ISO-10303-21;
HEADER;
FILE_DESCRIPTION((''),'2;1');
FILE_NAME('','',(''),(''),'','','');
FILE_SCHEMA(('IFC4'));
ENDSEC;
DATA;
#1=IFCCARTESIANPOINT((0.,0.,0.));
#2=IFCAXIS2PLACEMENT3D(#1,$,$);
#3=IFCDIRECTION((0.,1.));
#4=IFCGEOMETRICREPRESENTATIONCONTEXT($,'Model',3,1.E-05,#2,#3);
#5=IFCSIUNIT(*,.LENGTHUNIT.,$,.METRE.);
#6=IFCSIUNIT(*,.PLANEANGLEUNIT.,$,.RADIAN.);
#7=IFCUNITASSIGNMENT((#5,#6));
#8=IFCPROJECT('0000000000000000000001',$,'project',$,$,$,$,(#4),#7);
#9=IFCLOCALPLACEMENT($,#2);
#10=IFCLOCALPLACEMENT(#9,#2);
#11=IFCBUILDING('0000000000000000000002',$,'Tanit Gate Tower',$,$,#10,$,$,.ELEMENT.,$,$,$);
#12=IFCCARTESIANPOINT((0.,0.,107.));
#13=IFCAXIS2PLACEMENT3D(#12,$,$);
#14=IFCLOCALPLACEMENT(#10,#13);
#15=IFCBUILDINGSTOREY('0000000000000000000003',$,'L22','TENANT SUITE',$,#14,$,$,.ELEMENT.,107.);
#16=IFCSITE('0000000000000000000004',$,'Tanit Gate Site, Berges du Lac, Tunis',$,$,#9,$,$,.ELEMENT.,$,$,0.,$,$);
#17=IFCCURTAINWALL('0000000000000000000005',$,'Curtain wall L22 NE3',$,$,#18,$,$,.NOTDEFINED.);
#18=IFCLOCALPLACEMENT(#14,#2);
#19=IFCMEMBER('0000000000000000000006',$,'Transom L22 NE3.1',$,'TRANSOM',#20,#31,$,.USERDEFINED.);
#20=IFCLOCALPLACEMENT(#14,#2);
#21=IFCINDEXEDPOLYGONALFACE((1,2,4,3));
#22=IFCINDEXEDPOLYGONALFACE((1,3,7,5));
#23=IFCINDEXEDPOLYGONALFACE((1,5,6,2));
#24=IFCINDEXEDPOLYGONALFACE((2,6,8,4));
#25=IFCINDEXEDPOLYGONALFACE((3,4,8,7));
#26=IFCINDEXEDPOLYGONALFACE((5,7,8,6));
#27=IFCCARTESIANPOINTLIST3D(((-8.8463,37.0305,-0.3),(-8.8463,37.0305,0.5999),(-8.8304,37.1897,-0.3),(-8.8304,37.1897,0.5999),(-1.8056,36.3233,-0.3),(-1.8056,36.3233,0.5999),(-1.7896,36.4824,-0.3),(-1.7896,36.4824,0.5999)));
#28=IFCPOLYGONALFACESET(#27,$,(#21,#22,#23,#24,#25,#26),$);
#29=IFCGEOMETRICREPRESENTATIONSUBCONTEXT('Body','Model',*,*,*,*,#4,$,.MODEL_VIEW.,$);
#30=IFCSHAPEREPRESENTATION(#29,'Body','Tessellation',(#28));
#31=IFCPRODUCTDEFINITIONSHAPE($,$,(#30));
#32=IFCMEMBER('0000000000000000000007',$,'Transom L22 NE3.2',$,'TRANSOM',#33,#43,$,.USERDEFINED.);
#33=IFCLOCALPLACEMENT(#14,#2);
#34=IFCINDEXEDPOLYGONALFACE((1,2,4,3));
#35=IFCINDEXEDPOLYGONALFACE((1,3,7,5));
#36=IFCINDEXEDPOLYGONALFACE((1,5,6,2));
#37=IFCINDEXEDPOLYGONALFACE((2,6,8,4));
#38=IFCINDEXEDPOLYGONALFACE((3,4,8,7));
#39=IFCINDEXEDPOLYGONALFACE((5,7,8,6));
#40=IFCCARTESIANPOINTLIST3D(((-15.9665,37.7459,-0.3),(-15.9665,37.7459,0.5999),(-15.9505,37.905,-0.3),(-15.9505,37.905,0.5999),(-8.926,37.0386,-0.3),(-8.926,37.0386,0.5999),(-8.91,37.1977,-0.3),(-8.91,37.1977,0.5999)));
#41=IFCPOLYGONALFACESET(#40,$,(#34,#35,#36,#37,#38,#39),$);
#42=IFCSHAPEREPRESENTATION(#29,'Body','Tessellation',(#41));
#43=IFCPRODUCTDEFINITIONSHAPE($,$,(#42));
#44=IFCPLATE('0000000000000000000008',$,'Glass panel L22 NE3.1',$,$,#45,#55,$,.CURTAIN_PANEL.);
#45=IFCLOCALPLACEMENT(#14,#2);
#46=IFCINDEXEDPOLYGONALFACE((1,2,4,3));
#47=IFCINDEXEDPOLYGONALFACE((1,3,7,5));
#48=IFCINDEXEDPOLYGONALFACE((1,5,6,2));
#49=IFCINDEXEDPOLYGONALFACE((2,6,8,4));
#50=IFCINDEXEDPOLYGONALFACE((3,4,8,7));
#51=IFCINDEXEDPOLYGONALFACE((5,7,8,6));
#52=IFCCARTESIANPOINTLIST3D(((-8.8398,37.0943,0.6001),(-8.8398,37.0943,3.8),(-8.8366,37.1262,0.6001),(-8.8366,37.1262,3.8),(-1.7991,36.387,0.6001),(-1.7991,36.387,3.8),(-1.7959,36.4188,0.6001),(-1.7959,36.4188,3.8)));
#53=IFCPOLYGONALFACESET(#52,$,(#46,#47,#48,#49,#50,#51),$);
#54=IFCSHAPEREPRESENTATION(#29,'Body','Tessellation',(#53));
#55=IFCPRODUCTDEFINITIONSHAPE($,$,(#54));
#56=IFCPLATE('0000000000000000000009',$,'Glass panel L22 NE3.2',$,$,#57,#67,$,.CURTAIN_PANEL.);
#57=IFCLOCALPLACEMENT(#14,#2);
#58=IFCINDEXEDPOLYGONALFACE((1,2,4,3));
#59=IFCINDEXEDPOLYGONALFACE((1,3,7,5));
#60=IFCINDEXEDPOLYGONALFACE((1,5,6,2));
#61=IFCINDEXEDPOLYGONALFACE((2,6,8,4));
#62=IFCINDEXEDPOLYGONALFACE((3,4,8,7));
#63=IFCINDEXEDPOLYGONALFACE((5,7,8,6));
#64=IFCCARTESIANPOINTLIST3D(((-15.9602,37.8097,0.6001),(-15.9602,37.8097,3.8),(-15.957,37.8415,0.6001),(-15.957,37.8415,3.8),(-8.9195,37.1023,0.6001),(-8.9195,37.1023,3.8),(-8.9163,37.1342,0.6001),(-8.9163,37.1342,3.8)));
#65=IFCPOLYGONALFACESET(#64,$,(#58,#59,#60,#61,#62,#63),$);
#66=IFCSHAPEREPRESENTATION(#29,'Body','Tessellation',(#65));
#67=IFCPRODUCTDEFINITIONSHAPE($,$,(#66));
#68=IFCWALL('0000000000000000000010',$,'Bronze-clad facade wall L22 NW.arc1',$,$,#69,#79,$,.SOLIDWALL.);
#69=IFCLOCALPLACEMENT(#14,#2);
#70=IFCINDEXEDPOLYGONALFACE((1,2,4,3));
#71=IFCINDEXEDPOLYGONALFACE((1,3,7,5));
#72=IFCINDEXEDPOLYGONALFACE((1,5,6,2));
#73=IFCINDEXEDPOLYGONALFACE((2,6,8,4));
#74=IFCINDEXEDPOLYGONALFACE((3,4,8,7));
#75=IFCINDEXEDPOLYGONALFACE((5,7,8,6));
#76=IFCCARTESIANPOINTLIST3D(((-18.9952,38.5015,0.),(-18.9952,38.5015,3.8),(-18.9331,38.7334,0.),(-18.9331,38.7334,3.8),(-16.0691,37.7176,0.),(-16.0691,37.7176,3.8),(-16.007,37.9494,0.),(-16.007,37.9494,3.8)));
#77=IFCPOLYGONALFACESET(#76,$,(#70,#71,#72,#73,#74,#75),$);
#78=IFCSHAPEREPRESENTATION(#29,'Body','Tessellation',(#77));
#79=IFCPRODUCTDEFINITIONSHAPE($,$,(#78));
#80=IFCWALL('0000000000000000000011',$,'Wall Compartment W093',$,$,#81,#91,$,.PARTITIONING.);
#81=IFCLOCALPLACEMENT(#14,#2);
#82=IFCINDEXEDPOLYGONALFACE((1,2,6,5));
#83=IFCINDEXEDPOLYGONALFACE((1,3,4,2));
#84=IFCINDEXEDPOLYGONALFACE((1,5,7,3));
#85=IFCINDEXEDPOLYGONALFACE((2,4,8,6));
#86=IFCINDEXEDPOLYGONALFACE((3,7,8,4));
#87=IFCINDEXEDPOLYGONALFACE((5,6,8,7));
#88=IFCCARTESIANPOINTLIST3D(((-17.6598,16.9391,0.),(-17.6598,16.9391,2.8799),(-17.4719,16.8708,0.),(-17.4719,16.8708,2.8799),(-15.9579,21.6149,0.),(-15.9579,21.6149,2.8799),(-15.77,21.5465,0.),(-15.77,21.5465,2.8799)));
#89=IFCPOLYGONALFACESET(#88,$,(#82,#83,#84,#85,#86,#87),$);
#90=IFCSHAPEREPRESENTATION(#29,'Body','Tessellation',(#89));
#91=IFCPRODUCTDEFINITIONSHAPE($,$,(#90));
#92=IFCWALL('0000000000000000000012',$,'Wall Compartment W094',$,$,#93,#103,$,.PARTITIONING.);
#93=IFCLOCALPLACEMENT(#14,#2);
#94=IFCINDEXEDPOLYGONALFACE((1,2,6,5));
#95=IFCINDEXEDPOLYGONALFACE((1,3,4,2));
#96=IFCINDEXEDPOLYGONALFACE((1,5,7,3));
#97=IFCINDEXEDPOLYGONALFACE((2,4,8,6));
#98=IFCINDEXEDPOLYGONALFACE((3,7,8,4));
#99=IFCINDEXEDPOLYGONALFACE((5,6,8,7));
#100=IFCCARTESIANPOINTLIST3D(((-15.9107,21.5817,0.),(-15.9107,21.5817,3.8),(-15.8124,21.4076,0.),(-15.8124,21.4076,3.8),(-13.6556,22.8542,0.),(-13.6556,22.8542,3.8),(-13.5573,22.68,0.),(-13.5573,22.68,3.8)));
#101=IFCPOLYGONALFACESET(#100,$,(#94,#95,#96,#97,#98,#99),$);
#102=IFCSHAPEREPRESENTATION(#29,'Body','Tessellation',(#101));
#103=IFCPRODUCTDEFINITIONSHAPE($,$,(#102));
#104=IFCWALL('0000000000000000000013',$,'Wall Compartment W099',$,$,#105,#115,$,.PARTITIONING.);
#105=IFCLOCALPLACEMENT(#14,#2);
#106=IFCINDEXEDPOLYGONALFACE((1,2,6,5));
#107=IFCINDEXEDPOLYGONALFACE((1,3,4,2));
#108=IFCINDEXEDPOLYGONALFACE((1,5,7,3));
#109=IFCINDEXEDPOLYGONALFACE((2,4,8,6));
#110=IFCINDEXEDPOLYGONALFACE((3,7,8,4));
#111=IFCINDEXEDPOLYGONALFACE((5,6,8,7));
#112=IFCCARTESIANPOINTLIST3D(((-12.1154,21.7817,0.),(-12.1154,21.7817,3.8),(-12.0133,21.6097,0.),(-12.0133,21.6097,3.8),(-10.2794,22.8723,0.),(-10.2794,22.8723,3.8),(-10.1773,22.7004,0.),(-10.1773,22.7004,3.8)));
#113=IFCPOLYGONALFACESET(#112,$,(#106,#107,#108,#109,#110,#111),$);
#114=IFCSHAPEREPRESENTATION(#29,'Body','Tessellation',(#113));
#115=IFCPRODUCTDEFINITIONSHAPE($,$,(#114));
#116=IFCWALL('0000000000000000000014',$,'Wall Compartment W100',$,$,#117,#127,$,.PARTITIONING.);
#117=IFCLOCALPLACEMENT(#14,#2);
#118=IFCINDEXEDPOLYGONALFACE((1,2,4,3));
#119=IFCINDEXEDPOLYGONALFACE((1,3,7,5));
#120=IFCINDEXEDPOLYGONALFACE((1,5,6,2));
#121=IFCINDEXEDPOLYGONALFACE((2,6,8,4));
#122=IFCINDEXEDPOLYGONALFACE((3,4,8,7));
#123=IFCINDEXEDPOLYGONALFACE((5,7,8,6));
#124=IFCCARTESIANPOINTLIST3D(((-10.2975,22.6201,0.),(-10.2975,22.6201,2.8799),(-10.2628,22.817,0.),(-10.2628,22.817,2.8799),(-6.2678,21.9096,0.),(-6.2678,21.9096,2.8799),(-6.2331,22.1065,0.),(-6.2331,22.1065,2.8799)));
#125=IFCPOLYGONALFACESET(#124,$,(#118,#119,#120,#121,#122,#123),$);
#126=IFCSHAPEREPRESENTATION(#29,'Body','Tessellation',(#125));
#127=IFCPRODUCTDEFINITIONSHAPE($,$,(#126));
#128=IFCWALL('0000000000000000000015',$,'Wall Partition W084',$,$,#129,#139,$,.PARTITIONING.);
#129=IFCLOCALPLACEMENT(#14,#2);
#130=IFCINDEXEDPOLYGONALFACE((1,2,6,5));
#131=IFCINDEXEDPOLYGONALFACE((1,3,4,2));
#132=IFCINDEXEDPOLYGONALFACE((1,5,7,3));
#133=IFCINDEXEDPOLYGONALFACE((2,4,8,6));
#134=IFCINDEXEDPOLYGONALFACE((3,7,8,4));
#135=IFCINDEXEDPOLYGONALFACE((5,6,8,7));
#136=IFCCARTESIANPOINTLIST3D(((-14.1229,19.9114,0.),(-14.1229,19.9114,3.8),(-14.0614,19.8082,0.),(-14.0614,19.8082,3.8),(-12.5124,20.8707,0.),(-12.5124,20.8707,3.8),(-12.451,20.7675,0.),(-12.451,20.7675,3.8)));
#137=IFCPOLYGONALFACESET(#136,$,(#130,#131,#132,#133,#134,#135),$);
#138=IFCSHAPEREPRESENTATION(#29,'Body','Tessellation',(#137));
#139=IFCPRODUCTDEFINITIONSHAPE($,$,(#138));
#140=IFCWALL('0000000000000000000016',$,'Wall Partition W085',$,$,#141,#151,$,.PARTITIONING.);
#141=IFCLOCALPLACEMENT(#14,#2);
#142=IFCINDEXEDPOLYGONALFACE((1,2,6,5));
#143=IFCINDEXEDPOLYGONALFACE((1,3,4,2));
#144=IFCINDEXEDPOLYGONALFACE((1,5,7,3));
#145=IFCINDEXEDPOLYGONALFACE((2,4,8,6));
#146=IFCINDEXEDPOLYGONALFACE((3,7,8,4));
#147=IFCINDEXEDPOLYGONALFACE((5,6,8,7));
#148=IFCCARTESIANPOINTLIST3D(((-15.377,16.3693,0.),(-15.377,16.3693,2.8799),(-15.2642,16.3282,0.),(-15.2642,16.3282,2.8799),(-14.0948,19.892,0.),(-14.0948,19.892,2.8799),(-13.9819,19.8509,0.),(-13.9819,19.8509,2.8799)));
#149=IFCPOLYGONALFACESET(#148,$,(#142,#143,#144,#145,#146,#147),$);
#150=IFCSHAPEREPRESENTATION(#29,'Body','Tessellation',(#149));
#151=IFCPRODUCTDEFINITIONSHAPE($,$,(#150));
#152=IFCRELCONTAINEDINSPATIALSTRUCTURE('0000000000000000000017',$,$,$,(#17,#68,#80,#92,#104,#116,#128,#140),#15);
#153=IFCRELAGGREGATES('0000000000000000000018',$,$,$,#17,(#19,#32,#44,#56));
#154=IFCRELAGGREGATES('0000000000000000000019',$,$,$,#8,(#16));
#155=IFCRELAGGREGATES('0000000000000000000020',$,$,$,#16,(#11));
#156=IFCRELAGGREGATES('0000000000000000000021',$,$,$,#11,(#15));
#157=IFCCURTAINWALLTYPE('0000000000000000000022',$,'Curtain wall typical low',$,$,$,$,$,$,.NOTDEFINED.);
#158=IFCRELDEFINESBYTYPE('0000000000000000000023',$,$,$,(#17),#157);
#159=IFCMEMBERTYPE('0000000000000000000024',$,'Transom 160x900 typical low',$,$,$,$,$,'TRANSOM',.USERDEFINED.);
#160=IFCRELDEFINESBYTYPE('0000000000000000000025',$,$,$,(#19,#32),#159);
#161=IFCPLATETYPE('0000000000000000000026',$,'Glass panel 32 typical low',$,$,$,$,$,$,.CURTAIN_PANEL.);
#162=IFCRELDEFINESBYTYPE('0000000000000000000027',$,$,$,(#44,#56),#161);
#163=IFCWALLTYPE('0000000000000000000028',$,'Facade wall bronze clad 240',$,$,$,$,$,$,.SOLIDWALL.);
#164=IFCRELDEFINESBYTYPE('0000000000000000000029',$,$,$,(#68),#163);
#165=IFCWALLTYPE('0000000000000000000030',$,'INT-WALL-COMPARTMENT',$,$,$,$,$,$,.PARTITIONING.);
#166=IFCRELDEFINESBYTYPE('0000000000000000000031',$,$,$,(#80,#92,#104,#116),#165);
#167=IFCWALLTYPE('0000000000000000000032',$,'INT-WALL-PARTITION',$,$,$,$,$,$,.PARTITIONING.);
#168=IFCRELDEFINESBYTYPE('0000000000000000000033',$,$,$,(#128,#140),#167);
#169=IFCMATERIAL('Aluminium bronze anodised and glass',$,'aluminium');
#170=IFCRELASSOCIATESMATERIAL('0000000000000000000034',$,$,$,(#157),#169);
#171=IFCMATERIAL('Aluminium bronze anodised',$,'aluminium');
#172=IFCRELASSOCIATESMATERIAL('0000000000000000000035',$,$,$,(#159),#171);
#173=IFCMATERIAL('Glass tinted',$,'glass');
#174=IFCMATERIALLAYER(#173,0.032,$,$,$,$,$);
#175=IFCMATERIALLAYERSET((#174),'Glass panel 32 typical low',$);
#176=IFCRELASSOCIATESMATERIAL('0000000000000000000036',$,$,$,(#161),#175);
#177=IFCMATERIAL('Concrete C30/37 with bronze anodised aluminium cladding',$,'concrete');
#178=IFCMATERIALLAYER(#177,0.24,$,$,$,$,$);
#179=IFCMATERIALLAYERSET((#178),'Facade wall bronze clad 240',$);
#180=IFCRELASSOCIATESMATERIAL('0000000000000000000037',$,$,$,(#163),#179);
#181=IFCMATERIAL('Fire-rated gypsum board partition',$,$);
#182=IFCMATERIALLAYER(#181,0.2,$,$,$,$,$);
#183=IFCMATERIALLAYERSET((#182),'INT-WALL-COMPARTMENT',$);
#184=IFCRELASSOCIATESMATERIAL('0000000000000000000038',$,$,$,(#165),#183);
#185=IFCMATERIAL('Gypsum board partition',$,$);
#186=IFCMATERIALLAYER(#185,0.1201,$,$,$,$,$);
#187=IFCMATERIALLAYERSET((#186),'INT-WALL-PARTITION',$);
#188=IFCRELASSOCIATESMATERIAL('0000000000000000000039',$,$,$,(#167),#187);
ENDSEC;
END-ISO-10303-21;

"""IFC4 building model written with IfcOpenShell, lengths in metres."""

from ifc_helpers import new_model, si_unit, direction, frame, frame_2d, origin, origin_2d, place, context, subcontext, project, spatial, rectangle, extrude, material, layer, layer_set, material_profile, profile_set, type_object, element, aggregate, save


model = new_model("IFC4")

# Units and contexts
model_context = context("Model", 3, precision=1e-05, world=origin(), true_north=direction((0.0, 1.0)))
body_context = subcontext(model_context, "Body", "Model", "MODEL_VIEW")
ifc_project = project(units=[si_unit("LENGTHUNIT", "METRE"), si_unit("PLANEANGLEUNIT", "RADIAN")], contexts=[model_context])

# Site, building, storey
site_placement = place(None, origin())
site = spatial("IfcSite", under=ifc_project, at=site_placement, Name="Tanit Gate Site, Berges du Lac, Tunis", CompositionType="ELEMENT", RefElevation=0.0)
building_placement = place(site_placement, origin())
building = spatial("IfcBuilding", under=site, at=building_placement, Name="Tanit Gate Tower", CompositionType="ELEMENT")
storey_placement = place(building_placement, frame((0.0, 0.0, 107.0)))
storey = spatial("IfcBuildingStorey", under=building, at=storey_placement, Name="L22", Description="TENANT SUITE", CompositionType="ELEMENT", Elevation=107.0)

# Curtain wall
ifc_material_1 = material(Name="Aluminium bronze anodised and glass", Category="aluminium")
curtain_wall_type = type_object("IfcCurtainWallType", Name="Curtain wall typical low", PredefinedType="NOTDEFINED", material=ifc_material_1)
curtain_wall_1_placement = place(storey_placement, origin())
curtain_wall_1 = element("IfcCurtainWall", 1, at=curtain_wall_1_placement, inside=storey, type_object=curtain_wall_type, Name="Curtain wall L22 NE3", PredefinedType="NOTDEFINED")

# Members
ifc_material_2 = material(Name="Aluminium bronze anodised", Category="aluminium")
ifc_material_profile_1 = material_profile(ifc_material_2, rectangle(XDim=0.1599, YDim=0.8999, at=origin_2d()), Name="160x900 bronze transom")
ifc_profile_set_1 = profile_set([ifc_material_profile_1], Name="Aluminium bronze anodised")
member_type_1 = type_object("IfcMemberType", Name="Transom 160x900 typical low", ElementType="TRANSOM", PredefinedType="USERDEFINED", material=ifc_profile_set_1)
member_1_placement = place(storey_placement, frame((-1.7976, 36.4028, 0.1499), z_axis=(-0.994992, 0.099951, 0.0), x_axis=(-0.099951, -0.994992, 0.0)))
member_1 = element("IfcMember", 2, at=member_1_placement, type_object=member_type_1, Name="Transom L22 NE3.1", ObjectType="TRANSOM", PredefinedType="USERDEFINED", context=body_context, shape_type="SweptSolid", body=[
    extrude(rectangle(XDim=0.1599, YDim=0.8999, at=origin_2d()), origin(), (0.0, 0.0, 1.0), 7.0762),
])
member_2_placement = place(storey_placement, frame((-8.918, 37.1182, 0.1499), z_axis=(-0.994992, 0.099955, 0.0), x_axis=(-0.099955, -0.994992, 0.0)))
member_2 = element("IfcMember", 3, at=member_2_placement, type_object=member_type_1, Name="Transom L22 NE3.2", ObjectType="TRANSOM", PredefinedType="USERDEFINED", context=body_context, shape_type="SweptSolid", body=[
    extrude(rectangle(XDim=0.1599, YDim=0.8999, at=origin_2d()), origin(), (0.0, 0.0, 1.0), 7.0759),
])

# Plates
ifc_material_3 = material(Name="Glass tinted", Category="glass")
ifc_layer_1 = layer(ifc_material_3, 0.032)
ifc_layer_set_1 = layer_set([ifc_layer_1], Name="Glass panel 32 typical low")
plate_type = type_object("IfcPlateType", Name="Glass panel 32 typical low", PredefinedType="CURTAIN_PANEL", material=ifc_layer_set_1)
plate_1_placement = place(storey_placement, frame((-5.3179, 36.7566, 0.6001), z_axis=(0.0, 0.0, 1.0), x_axis=(-0.994992, 0.099959, 0.0)))
plate_1 = element("IfcPlate", 4, at=plate_1_placement, type_object=plate_type, Name="Glass panel L22 NE3.1", PredefinedType="CURTAIN_PANEL", context=body_context, shape_type="SweptSolid", body=[
    extrude(rectangle(XDim=7.0762, YDim=0.032, at=origin_2d()), origin(), (0.0, 0.0, 1.0), 3.2),
])
plate_2_placement = place(storey_placement, frame((-12.4382, 37.4719, 0.6001), z_axis=(0.0, 0.0, 1.0), x_axis=(-0.994992, 0.099959, 0.0)))
plate_2 = element("IfcPlate", 5, at=plate_2_placement, type_object=plate_type, Name="Glass panel L22 NE3.2", PredefinedType="CURTAIN_PANEL", context=body_context, shape_type="SweptSolid", body=[
    extrude(rectangle(XDim=7.0762, YDim=0.032, at=origin_2d()), origin(), (0.0, 0.0, 1.0), 3.2),
])
aggregate(curtain_wall_1, [member_1, member_2, plate_1, plate_2])

# Walls
ifc_material_4 = material(Name="Concrete C30/37 with bronze anodised aluminium cladding", Category="concrete")
ifc_layer_2 = layer(ifc_material_4, 0.24)
ifc_layer_set_2 = layer_set([ifc_layer_2], Name="Facade wall bronze clad 240")
wall_type_1 = type_object("IfcWallType", Name="Facade wall bronze clad 240", PredefinedType="SOLIDWALL", material=ifc_layer_set_2)
wall_1_placement = place(storey_placement, frame((-16.0381, 37.8335, 0.0), z_axis=(0.0, 0.0, 1.0), x_axis=(-0.965933, 0.258791, 0.0)))
element("IfcWall", 6, at=wall_1_placement, inside=storey, type_object=wall_type_1, Name="Bronze-clad facade wall L22 NW.arc1", PredefinedType="SOLIDWALL", context=body_context, shape_type="SweptSolid", body=[
    extrude(rectangle(XDim=3.0293, YDim=0.24, at=frame_2d((1.5146, 0.0))), origin(), (0.0, 0.0, 1.0), 3.8),
])
ifc_material_5 = material(Name="Fire-rated gypsum board partition")
ifc_layer_3 = layer(ifc_material_5, 0.2)
ifc_layer_set_3 = layer_set([ifc_layer_3], Name="INT-WALL-COMPARTMENT")
wall_type_2 = type_object("IfcWallType", Name="INT-WALL-COMPARTMENT", PredefinedType="PARTITIONING", material=ifc_layer_set_3)
wall_2_placement = place(storey_placement, frame((-15.864, 21.5806, 0.0), z_axis=(0.0, 0.0, 1.0), x_axis=(-0.342031, -0.939689, 0.0)))
element("IfcWall", 7, at=wall_2_placement, inside=storey, type_object=wall_type_2, Name="Wall Compartment W093", PredefinedType="PARTITIONING", context=body_context, shape_type="SweptSolid", body=[
    extrude(rectangle(XDim=4.9758, YDim=0.2, at=frame_2d((2.4878, 0.0))), origin(), (0.0, 0.0, 1.0), 2.8799),
])
wall_3_placement = place(storey_placement, frame((-13.6064, 22.7671, 0.0), z_axis=(0.0, 0.0, 1.0), x_axis=(-0.870923, -0.49142, 0.0)))
element("IfcWall", 8, at=wall_3_placement, inside=storey, type_object=wall_type_2, Name="Wall Compartment W094", PredefinedType="PARTITIONING", context=body_context, shape_type="SweptSolid", body=[
    extrude(rectangle(XDim=2.5894, YDim=0.2, at=frame_2d((1.2947, 0.0))), origin(), (0.0, 0.0, 1.0), 3.8),
])
wall_4_placement = place(storey_placement, frame((-10.2283, 22.7864, 0.0), z_axis=(0.0, 0.0, 1.0), x_axis=(-0.859754, -0.510708, 0.0)))
element("IfcWall", 9, at=wall_4_placement, inside=storey, type_object=wall_type_2, Name="Wall Compartment W099", PredefinedType="PARTITIONING", context=body_context, shape_type="SweptSolid", body=[
    extrude(rectangle(XDim=2.1355, YDim=0.2, at=frame_2d((1.0679, 0.0))), origin(), (0.0, 0.0, 1.0), 3.8),
])
wall_5_placement = place(storey_placement, frame((-6.2505, 22.0081, 0.0), z_axis=(0.0, 0.0, 1.0), x_axis=(-0.984811, 0.173632, 0.0)))
element("IfcWall", 10, at=wall_5_placement, inside=storey, type_object=wall_type_2, Name="Wall Compartment W100", PredefinedType="PARTITIONING", context=body_context, shape_type="SweptSolid", body=[
    extrude(rectangle(XDim=4.0918, YDim=0.2, at=frame_2d((2.0459, 0.0))), origin(), (0.0, 0.0, 1.0), 2.8799),
])
ifc_material_6 = material(Name="Gypsum board partition")
ifc_layer_4 = layer(ifc_material_6, 0.1201)
ifc_layer_set_4 = layer_set([ifc_layer_4], Name="INT-WALL-PARTITION")
wall_type_3 = type_object("IfcWallType", Name="INT-WALL-PARTITION", PredefinedType="PARTITIONING", material=ifc_layer_set_4)
wall_6_placement = place(storey_placement, frame((-12.4817, 20.8191, 0.0), z_axis=(0.0, 0.0, 1.0), x_axis=(-0.859132, -0.511754, 0.0)))
element("IfcWall", 11, at=wall_6_placement, inside=storey, type_object=wall_type_3, Name="Wall Partition W084", PredefinedType="PARTITIONING", context=body_context, shape_type="SweptSolid", body=[
    extrude(rectangle(XDim=1.8745, YDim=0.1201, at=frame_2d((0.9373, 0.0))), origin(), (0.0, 0.0, 1.0), 3.8),
])
wall_7_placement = place(storey_placement, frame((-14.0383, 19.8716, 0.0), z_axis=(0.0, 0.0, 1.0), x_axis=(-0.342036, -0.939687, 0.0)))
element("IfcWall", 12, at=wall_7_placement, inside=storey, type_object=wall_type_3, Name="Wall Partition W085", PredefinedType="PARTITIONING", context=body_context, shape_type="SweptSolid", body=[
    extrude(rectangle(XDim=3.7488, YDim=0.1201, at=frame_2d((1.8745, 0.0))), origin(), (0.0, 0.0, 1.0), 2.8799),
])

save(model, "model.ifc")
